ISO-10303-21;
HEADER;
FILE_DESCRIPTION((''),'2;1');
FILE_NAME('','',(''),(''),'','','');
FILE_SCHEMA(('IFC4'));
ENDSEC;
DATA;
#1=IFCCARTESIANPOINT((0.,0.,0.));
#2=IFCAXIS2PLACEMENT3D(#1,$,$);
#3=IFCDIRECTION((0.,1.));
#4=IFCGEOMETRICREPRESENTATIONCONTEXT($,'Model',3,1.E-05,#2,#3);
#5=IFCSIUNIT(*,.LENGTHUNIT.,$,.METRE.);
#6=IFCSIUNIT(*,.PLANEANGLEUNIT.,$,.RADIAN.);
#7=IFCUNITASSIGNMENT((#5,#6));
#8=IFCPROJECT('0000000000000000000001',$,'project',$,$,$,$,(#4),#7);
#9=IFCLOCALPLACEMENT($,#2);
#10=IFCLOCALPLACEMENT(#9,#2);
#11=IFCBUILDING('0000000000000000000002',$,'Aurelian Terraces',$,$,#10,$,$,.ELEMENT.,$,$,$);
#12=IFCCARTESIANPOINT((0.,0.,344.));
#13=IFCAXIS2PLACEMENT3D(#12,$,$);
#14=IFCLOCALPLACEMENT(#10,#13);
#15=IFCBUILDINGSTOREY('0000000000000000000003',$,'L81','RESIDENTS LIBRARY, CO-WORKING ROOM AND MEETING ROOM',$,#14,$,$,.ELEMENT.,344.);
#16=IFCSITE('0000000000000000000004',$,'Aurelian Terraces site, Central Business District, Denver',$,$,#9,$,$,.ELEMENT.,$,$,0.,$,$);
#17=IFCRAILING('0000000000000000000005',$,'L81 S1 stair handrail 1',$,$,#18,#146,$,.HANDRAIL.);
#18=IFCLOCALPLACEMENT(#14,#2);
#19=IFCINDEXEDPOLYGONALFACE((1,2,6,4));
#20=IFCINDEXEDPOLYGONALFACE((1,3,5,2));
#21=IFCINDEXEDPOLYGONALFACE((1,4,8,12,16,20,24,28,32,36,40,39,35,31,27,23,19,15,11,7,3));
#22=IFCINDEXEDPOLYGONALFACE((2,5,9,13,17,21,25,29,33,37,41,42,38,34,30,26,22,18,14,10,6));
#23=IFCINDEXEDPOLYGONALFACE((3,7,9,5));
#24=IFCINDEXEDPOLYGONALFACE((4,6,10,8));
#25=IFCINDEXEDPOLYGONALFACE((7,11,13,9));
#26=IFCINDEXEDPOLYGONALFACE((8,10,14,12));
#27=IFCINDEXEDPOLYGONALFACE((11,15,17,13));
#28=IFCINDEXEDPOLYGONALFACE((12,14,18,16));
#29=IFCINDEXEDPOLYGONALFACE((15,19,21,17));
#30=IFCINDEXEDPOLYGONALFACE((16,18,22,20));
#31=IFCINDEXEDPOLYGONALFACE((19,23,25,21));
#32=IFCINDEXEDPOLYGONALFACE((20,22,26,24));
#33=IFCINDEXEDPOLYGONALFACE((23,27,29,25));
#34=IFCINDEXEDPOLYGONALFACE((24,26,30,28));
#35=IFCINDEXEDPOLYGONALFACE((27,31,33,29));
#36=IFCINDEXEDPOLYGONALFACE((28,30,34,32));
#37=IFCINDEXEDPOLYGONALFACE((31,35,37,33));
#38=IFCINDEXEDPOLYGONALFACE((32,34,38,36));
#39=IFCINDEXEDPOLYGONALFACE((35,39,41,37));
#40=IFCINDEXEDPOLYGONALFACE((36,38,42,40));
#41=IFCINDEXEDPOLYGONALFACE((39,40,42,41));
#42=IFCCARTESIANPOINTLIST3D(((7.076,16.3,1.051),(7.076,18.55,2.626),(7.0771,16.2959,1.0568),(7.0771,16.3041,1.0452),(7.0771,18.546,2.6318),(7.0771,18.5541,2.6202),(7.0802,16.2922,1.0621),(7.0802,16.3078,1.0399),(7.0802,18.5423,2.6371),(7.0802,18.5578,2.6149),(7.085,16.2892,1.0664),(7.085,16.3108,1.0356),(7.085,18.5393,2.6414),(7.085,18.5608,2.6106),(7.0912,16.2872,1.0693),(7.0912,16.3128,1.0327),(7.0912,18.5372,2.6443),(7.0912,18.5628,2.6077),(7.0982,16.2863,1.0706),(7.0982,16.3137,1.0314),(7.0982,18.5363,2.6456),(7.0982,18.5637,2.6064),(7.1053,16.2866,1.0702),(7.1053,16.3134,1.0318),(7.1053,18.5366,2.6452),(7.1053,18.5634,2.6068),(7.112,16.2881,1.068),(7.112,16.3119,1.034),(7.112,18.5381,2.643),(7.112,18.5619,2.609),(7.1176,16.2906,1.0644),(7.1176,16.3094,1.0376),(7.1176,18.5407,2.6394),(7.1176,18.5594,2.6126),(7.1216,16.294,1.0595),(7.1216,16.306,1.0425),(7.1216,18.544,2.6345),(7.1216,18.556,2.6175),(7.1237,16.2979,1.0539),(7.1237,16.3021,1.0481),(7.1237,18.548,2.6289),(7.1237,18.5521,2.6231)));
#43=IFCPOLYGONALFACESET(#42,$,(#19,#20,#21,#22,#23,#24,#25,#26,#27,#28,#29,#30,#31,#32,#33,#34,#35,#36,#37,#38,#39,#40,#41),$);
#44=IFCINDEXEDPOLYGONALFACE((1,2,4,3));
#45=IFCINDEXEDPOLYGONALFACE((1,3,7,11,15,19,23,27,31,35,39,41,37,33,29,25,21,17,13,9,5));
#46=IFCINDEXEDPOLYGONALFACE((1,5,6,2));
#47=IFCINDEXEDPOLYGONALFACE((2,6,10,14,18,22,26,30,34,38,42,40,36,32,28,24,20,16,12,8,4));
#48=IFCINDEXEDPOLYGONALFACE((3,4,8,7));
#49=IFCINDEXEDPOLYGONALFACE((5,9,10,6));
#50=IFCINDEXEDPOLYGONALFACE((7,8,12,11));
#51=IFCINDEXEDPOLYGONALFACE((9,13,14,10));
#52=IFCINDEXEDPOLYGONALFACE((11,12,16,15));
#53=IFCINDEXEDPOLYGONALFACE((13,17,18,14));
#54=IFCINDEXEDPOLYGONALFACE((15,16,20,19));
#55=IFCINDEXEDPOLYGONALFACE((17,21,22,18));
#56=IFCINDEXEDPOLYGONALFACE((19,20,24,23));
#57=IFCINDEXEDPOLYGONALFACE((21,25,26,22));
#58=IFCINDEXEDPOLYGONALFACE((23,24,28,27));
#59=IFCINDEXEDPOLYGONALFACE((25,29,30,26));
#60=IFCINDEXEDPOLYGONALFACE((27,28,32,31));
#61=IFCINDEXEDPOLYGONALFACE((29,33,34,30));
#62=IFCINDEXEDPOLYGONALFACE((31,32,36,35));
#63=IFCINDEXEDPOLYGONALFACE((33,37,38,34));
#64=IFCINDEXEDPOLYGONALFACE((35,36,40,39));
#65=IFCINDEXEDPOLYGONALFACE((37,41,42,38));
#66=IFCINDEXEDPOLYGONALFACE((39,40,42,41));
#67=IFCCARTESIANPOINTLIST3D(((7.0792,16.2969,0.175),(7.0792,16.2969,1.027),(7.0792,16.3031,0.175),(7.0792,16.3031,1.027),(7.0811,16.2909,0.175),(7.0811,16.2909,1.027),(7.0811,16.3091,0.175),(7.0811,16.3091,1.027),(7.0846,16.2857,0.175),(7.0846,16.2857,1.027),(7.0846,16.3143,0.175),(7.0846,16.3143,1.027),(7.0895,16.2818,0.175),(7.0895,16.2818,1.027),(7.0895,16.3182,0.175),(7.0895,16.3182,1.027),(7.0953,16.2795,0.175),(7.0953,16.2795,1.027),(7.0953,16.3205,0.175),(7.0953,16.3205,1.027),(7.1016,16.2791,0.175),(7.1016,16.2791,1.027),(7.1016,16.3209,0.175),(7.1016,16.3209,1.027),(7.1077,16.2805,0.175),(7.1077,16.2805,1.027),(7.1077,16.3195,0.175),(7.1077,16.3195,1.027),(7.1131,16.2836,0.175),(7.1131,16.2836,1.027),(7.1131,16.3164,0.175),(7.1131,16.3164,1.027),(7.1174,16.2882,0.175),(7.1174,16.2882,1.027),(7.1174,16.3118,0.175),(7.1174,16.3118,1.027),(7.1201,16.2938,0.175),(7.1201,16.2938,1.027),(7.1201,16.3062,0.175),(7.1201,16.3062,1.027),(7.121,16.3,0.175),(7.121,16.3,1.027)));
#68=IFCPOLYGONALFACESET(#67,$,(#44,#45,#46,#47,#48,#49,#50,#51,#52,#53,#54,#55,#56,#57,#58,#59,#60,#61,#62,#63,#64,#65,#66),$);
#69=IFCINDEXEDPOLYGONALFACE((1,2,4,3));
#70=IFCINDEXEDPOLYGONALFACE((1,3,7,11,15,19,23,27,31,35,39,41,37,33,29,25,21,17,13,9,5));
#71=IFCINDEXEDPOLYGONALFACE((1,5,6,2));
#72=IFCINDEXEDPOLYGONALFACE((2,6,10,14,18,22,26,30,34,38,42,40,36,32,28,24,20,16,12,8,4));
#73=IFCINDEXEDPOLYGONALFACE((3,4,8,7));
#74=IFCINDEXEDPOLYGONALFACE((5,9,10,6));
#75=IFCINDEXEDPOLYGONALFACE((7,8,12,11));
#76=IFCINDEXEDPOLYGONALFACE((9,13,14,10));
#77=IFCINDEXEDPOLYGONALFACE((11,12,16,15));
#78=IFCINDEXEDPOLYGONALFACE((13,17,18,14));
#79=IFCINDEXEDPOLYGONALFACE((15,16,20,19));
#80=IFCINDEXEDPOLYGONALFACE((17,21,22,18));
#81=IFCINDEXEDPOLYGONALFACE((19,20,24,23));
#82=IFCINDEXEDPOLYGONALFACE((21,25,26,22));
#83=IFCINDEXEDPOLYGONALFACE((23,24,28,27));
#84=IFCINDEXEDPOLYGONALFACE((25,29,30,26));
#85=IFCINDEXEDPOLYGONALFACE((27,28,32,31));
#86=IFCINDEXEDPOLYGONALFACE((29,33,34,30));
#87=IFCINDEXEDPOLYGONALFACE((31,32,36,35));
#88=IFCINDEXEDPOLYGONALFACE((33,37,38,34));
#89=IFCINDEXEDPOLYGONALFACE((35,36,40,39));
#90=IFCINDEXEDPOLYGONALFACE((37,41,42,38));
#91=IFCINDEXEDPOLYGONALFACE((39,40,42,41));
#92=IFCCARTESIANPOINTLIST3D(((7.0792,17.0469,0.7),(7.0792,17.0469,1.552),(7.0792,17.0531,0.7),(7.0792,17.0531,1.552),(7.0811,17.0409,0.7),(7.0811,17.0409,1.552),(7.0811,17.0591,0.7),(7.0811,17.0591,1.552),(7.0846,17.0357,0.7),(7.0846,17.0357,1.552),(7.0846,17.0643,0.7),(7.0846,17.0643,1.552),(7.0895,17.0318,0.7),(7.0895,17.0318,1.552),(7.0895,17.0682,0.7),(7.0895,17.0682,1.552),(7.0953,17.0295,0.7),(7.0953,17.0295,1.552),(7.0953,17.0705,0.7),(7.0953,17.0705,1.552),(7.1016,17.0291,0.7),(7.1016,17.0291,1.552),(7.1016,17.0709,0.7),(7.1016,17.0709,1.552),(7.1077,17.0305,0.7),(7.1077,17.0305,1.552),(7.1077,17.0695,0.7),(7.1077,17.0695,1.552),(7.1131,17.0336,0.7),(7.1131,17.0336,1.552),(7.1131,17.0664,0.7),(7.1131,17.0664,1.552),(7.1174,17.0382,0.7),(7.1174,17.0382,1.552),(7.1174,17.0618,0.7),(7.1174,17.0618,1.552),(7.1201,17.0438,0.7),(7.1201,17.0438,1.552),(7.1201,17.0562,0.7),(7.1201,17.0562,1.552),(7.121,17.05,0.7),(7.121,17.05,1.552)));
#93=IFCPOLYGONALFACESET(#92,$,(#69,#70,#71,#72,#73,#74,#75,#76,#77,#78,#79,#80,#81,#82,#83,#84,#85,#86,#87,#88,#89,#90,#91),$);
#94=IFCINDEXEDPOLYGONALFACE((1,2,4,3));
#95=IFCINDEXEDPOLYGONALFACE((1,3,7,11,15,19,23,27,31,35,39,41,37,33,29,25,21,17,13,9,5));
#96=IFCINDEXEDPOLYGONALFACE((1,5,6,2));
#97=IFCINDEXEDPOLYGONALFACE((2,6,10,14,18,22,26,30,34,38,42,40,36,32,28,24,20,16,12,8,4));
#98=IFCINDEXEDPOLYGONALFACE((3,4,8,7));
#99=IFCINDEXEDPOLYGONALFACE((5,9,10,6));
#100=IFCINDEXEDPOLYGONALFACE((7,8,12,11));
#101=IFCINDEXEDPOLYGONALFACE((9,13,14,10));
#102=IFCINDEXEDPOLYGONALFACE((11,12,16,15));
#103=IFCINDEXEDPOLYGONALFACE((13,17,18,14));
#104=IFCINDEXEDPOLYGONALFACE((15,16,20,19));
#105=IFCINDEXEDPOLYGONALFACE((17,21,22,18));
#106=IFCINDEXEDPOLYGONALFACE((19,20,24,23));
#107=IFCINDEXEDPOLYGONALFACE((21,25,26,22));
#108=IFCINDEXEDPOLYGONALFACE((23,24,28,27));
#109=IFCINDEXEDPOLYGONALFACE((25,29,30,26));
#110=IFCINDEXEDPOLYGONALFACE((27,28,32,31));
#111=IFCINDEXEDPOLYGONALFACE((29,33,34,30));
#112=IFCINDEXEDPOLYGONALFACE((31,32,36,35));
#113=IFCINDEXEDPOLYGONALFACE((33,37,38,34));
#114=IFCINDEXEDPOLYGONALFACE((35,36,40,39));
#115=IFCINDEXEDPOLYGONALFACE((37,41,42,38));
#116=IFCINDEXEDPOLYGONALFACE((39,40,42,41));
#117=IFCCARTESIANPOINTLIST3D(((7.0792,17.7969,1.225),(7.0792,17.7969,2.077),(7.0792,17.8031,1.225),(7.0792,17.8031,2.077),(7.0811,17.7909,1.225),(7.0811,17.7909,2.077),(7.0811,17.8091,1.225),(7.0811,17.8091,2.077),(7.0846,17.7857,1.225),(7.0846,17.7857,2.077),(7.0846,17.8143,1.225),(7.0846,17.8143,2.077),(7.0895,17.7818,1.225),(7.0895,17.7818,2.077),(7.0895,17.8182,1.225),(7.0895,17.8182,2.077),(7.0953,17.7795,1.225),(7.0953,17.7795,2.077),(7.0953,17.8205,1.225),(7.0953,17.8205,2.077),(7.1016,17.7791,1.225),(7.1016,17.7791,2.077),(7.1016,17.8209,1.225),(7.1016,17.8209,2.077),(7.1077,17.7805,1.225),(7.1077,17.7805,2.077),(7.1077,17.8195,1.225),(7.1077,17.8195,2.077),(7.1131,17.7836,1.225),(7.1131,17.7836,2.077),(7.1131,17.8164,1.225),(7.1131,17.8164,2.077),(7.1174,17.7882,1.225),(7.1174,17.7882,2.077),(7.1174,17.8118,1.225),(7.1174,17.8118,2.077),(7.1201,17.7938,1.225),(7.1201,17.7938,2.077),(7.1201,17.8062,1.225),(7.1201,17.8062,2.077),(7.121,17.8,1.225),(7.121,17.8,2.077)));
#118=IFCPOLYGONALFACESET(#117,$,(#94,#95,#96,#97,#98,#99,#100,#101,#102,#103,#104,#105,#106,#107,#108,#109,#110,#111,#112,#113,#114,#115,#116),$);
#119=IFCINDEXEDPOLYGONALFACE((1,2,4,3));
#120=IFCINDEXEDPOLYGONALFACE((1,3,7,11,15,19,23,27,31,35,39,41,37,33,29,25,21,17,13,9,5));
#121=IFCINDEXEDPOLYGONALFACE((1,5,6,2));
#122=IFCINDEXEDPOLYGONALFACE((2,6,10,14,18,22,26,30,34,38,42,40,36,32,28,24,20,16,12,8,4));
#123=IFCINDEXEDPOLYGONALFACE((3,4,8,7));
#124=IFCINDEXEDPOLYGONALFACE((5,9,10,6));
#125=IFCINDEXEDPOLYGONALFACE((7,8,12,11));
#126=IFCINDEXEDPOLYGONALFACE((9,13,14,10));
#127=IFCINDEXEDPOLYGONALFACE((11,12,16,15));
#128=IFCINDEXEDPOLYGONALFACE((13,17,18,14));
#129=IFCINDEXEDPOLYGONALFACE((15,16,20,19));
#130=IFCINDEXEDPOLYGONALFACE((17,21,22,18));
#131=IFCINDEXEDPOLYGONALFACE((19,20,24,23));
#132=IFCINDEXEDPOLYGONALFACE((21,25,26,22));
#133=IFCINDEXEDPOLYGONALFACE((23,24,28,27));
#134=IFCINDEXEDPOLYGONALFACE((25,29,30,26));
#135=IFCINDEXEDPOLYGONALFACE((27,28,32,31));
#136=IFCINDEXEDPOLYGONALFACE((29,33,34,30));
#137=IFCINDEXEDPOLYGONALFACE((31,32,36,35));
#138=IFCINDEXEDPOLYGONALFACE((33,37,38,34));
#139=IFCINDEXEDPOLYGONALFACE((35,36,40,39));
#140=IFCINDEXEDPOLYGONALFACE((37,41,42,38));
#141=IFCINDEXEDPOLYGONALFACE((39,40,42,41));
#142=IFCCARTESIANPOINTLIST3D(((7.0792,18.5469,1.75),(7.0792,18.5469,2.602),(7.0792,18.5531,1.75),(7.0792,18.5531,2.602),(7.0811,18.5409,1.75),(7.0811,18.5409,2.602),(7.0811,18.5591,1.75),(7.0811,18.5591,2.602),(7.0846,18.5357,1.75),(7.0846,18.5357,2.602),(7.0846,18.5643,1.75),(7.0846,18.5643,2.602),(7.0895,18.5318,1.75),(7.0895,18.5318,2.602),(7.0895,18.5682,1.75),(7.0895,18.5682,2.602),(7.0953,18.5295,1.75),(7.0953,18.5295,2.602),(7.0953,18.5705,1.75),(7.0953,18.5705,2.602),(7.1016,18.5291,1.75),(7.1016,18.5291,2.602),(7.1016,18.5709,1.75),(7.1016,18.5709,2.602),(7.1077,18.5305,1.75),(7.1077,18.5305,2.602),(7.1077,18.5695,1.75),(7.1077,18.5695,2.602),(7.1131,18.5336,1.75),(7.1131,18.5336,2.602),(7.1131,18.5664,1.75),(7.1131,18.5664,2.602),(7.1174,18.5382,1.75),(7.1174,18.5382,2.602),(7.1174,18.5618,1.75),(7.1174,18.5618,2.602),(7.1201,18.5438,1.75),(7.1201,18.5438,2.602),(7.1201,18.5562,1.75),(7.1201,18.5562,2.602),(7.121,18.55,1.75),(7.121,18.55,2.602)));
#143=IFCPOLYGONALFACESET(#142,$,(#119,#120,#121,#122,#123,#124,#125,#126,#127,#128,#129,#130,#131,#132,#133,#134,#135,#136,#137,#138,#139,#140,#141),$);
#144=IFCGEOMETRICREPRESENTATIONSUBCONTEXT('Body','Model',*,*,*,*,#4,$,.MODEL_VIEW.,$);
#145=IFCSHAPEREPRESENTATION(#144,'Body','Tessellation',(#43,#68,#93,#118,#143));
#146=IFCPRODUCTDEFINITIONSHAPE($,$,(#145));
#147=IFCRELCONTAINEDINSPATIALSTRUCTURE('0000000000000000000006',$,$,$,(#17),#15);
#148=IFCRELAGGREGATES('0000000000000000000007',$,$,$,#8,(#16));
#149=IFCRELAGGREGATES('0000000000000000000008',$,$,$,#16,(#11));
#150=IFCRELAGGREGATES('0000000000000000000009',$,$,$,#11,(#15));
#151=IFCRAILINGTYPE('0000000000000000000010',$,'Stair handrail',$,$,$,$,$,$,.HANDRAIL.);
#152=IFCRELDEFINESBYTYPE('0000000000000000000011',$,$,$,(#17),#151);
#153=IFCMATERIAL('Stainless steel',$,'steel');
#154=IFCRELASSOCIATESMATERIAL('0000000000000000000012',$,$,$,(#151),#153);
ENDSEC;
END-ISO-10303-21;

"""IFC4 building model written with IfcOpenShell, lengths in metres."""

from ifc_helpers import new_model, si_unit, direction, frame, origin, origin_2d, place, context, subcontext, project, spatial, circle, extrude, source, transform, mapped, material, type_object, element, save


model = new_model("IFC4")

# Units and contexts
model_context = context("Model", 3, precision=1e-05, world=origin(), true_north=direction((0.0, 1.0)))
body_context = subcontext(model_context, "Body", "Model", "MODEL_VIEW")
ifc_project = project(units=[si_unit("LENGTHUNIT", "METRE"), si_unit("PLANEANGLEUNIT", "RADIAN")], contexts=[model_context])

# Site, building, storey
site_placement = place(None, origin())
site = spatial("IfcSite", under=ifc_project, at=site_placement, Name="Aurelian Terraces site, Central Business District, Denver", CompositionType="ELEMENT", RefElevation=0.0)
building_placement = place(site_placement, origin())
building = spatial("IfcBuilding", under=site, at=building_placement, Name="Aurelian Terraces", CompositionType="ELEMENT")
storey_placement = place(building_placement, frame((0.0, 0.0, 344.0)))
storey = spatial("IfcBuildingStorey", under=building, at=storey_placement, Name="L81", Description="RESIDENTS LIBRARY, CO-WORKING ROOM AND MEETING ROOM", CompositionType="ELEMENT", Elevation=344.0)

# Railing
ifc_material_1 = material(Name="Stainless steel", Category="steel")
railing_type_1 = type_object("IfcRailingType", Name="Stair handrail", PredefinedType="HANDRAIL", material=ifc_material_1)
shared_shape_1 = source(origin(), body_context, "Body", "SweptSolid", [
    extrude(circle(Radius=0.024, at=origin_2d()), frame((0.0, 0.0, 0.876), z_axis=(0.0, 0.819232, 0.573462), x_axis=(-1.0, 0.0, 0.0)), (0.0, 0.0, 1.0), 2.7465),
    extrude(circle(Radius=0.021, at=origin_2d()), origin(), (0.0, 0.0, 1.0), 0.852),
    extrude(circle(Radius=0.021, at=origin_2d()), frame((0.0, 0.75, 0.525)), (0.0, 0.0, 1.0), 0.852),
    extrude(circle(Radius=0.021, at=origin_2d()), frame((0.0, 1.5, 1.05)), (0.0, 0.0, 1.0), 0.852),
    extrude(circle(Radius=0.021, at=origin_2d()), frame((0.0, 2.25, 1.575)), (0.0, 0.0, 1.0), 0.852),
])
railing_1_placement = place(storey_placement, frame((7.1, 16.3, 0.175)))
element("IfcRailing", 1, at=railing_1_placement, inside=storey, type_object=railing_type_1, Name="L81 S1 stair handrail 1", PredefinedType="HANDRAIL", context=body_context, shape_type="MappedRepresentation", body=[
    mapped(shared_shape_1, transform((0.0, 0.0, 0.0), scale=1.0)),
])

save(model, "model.ifc")
